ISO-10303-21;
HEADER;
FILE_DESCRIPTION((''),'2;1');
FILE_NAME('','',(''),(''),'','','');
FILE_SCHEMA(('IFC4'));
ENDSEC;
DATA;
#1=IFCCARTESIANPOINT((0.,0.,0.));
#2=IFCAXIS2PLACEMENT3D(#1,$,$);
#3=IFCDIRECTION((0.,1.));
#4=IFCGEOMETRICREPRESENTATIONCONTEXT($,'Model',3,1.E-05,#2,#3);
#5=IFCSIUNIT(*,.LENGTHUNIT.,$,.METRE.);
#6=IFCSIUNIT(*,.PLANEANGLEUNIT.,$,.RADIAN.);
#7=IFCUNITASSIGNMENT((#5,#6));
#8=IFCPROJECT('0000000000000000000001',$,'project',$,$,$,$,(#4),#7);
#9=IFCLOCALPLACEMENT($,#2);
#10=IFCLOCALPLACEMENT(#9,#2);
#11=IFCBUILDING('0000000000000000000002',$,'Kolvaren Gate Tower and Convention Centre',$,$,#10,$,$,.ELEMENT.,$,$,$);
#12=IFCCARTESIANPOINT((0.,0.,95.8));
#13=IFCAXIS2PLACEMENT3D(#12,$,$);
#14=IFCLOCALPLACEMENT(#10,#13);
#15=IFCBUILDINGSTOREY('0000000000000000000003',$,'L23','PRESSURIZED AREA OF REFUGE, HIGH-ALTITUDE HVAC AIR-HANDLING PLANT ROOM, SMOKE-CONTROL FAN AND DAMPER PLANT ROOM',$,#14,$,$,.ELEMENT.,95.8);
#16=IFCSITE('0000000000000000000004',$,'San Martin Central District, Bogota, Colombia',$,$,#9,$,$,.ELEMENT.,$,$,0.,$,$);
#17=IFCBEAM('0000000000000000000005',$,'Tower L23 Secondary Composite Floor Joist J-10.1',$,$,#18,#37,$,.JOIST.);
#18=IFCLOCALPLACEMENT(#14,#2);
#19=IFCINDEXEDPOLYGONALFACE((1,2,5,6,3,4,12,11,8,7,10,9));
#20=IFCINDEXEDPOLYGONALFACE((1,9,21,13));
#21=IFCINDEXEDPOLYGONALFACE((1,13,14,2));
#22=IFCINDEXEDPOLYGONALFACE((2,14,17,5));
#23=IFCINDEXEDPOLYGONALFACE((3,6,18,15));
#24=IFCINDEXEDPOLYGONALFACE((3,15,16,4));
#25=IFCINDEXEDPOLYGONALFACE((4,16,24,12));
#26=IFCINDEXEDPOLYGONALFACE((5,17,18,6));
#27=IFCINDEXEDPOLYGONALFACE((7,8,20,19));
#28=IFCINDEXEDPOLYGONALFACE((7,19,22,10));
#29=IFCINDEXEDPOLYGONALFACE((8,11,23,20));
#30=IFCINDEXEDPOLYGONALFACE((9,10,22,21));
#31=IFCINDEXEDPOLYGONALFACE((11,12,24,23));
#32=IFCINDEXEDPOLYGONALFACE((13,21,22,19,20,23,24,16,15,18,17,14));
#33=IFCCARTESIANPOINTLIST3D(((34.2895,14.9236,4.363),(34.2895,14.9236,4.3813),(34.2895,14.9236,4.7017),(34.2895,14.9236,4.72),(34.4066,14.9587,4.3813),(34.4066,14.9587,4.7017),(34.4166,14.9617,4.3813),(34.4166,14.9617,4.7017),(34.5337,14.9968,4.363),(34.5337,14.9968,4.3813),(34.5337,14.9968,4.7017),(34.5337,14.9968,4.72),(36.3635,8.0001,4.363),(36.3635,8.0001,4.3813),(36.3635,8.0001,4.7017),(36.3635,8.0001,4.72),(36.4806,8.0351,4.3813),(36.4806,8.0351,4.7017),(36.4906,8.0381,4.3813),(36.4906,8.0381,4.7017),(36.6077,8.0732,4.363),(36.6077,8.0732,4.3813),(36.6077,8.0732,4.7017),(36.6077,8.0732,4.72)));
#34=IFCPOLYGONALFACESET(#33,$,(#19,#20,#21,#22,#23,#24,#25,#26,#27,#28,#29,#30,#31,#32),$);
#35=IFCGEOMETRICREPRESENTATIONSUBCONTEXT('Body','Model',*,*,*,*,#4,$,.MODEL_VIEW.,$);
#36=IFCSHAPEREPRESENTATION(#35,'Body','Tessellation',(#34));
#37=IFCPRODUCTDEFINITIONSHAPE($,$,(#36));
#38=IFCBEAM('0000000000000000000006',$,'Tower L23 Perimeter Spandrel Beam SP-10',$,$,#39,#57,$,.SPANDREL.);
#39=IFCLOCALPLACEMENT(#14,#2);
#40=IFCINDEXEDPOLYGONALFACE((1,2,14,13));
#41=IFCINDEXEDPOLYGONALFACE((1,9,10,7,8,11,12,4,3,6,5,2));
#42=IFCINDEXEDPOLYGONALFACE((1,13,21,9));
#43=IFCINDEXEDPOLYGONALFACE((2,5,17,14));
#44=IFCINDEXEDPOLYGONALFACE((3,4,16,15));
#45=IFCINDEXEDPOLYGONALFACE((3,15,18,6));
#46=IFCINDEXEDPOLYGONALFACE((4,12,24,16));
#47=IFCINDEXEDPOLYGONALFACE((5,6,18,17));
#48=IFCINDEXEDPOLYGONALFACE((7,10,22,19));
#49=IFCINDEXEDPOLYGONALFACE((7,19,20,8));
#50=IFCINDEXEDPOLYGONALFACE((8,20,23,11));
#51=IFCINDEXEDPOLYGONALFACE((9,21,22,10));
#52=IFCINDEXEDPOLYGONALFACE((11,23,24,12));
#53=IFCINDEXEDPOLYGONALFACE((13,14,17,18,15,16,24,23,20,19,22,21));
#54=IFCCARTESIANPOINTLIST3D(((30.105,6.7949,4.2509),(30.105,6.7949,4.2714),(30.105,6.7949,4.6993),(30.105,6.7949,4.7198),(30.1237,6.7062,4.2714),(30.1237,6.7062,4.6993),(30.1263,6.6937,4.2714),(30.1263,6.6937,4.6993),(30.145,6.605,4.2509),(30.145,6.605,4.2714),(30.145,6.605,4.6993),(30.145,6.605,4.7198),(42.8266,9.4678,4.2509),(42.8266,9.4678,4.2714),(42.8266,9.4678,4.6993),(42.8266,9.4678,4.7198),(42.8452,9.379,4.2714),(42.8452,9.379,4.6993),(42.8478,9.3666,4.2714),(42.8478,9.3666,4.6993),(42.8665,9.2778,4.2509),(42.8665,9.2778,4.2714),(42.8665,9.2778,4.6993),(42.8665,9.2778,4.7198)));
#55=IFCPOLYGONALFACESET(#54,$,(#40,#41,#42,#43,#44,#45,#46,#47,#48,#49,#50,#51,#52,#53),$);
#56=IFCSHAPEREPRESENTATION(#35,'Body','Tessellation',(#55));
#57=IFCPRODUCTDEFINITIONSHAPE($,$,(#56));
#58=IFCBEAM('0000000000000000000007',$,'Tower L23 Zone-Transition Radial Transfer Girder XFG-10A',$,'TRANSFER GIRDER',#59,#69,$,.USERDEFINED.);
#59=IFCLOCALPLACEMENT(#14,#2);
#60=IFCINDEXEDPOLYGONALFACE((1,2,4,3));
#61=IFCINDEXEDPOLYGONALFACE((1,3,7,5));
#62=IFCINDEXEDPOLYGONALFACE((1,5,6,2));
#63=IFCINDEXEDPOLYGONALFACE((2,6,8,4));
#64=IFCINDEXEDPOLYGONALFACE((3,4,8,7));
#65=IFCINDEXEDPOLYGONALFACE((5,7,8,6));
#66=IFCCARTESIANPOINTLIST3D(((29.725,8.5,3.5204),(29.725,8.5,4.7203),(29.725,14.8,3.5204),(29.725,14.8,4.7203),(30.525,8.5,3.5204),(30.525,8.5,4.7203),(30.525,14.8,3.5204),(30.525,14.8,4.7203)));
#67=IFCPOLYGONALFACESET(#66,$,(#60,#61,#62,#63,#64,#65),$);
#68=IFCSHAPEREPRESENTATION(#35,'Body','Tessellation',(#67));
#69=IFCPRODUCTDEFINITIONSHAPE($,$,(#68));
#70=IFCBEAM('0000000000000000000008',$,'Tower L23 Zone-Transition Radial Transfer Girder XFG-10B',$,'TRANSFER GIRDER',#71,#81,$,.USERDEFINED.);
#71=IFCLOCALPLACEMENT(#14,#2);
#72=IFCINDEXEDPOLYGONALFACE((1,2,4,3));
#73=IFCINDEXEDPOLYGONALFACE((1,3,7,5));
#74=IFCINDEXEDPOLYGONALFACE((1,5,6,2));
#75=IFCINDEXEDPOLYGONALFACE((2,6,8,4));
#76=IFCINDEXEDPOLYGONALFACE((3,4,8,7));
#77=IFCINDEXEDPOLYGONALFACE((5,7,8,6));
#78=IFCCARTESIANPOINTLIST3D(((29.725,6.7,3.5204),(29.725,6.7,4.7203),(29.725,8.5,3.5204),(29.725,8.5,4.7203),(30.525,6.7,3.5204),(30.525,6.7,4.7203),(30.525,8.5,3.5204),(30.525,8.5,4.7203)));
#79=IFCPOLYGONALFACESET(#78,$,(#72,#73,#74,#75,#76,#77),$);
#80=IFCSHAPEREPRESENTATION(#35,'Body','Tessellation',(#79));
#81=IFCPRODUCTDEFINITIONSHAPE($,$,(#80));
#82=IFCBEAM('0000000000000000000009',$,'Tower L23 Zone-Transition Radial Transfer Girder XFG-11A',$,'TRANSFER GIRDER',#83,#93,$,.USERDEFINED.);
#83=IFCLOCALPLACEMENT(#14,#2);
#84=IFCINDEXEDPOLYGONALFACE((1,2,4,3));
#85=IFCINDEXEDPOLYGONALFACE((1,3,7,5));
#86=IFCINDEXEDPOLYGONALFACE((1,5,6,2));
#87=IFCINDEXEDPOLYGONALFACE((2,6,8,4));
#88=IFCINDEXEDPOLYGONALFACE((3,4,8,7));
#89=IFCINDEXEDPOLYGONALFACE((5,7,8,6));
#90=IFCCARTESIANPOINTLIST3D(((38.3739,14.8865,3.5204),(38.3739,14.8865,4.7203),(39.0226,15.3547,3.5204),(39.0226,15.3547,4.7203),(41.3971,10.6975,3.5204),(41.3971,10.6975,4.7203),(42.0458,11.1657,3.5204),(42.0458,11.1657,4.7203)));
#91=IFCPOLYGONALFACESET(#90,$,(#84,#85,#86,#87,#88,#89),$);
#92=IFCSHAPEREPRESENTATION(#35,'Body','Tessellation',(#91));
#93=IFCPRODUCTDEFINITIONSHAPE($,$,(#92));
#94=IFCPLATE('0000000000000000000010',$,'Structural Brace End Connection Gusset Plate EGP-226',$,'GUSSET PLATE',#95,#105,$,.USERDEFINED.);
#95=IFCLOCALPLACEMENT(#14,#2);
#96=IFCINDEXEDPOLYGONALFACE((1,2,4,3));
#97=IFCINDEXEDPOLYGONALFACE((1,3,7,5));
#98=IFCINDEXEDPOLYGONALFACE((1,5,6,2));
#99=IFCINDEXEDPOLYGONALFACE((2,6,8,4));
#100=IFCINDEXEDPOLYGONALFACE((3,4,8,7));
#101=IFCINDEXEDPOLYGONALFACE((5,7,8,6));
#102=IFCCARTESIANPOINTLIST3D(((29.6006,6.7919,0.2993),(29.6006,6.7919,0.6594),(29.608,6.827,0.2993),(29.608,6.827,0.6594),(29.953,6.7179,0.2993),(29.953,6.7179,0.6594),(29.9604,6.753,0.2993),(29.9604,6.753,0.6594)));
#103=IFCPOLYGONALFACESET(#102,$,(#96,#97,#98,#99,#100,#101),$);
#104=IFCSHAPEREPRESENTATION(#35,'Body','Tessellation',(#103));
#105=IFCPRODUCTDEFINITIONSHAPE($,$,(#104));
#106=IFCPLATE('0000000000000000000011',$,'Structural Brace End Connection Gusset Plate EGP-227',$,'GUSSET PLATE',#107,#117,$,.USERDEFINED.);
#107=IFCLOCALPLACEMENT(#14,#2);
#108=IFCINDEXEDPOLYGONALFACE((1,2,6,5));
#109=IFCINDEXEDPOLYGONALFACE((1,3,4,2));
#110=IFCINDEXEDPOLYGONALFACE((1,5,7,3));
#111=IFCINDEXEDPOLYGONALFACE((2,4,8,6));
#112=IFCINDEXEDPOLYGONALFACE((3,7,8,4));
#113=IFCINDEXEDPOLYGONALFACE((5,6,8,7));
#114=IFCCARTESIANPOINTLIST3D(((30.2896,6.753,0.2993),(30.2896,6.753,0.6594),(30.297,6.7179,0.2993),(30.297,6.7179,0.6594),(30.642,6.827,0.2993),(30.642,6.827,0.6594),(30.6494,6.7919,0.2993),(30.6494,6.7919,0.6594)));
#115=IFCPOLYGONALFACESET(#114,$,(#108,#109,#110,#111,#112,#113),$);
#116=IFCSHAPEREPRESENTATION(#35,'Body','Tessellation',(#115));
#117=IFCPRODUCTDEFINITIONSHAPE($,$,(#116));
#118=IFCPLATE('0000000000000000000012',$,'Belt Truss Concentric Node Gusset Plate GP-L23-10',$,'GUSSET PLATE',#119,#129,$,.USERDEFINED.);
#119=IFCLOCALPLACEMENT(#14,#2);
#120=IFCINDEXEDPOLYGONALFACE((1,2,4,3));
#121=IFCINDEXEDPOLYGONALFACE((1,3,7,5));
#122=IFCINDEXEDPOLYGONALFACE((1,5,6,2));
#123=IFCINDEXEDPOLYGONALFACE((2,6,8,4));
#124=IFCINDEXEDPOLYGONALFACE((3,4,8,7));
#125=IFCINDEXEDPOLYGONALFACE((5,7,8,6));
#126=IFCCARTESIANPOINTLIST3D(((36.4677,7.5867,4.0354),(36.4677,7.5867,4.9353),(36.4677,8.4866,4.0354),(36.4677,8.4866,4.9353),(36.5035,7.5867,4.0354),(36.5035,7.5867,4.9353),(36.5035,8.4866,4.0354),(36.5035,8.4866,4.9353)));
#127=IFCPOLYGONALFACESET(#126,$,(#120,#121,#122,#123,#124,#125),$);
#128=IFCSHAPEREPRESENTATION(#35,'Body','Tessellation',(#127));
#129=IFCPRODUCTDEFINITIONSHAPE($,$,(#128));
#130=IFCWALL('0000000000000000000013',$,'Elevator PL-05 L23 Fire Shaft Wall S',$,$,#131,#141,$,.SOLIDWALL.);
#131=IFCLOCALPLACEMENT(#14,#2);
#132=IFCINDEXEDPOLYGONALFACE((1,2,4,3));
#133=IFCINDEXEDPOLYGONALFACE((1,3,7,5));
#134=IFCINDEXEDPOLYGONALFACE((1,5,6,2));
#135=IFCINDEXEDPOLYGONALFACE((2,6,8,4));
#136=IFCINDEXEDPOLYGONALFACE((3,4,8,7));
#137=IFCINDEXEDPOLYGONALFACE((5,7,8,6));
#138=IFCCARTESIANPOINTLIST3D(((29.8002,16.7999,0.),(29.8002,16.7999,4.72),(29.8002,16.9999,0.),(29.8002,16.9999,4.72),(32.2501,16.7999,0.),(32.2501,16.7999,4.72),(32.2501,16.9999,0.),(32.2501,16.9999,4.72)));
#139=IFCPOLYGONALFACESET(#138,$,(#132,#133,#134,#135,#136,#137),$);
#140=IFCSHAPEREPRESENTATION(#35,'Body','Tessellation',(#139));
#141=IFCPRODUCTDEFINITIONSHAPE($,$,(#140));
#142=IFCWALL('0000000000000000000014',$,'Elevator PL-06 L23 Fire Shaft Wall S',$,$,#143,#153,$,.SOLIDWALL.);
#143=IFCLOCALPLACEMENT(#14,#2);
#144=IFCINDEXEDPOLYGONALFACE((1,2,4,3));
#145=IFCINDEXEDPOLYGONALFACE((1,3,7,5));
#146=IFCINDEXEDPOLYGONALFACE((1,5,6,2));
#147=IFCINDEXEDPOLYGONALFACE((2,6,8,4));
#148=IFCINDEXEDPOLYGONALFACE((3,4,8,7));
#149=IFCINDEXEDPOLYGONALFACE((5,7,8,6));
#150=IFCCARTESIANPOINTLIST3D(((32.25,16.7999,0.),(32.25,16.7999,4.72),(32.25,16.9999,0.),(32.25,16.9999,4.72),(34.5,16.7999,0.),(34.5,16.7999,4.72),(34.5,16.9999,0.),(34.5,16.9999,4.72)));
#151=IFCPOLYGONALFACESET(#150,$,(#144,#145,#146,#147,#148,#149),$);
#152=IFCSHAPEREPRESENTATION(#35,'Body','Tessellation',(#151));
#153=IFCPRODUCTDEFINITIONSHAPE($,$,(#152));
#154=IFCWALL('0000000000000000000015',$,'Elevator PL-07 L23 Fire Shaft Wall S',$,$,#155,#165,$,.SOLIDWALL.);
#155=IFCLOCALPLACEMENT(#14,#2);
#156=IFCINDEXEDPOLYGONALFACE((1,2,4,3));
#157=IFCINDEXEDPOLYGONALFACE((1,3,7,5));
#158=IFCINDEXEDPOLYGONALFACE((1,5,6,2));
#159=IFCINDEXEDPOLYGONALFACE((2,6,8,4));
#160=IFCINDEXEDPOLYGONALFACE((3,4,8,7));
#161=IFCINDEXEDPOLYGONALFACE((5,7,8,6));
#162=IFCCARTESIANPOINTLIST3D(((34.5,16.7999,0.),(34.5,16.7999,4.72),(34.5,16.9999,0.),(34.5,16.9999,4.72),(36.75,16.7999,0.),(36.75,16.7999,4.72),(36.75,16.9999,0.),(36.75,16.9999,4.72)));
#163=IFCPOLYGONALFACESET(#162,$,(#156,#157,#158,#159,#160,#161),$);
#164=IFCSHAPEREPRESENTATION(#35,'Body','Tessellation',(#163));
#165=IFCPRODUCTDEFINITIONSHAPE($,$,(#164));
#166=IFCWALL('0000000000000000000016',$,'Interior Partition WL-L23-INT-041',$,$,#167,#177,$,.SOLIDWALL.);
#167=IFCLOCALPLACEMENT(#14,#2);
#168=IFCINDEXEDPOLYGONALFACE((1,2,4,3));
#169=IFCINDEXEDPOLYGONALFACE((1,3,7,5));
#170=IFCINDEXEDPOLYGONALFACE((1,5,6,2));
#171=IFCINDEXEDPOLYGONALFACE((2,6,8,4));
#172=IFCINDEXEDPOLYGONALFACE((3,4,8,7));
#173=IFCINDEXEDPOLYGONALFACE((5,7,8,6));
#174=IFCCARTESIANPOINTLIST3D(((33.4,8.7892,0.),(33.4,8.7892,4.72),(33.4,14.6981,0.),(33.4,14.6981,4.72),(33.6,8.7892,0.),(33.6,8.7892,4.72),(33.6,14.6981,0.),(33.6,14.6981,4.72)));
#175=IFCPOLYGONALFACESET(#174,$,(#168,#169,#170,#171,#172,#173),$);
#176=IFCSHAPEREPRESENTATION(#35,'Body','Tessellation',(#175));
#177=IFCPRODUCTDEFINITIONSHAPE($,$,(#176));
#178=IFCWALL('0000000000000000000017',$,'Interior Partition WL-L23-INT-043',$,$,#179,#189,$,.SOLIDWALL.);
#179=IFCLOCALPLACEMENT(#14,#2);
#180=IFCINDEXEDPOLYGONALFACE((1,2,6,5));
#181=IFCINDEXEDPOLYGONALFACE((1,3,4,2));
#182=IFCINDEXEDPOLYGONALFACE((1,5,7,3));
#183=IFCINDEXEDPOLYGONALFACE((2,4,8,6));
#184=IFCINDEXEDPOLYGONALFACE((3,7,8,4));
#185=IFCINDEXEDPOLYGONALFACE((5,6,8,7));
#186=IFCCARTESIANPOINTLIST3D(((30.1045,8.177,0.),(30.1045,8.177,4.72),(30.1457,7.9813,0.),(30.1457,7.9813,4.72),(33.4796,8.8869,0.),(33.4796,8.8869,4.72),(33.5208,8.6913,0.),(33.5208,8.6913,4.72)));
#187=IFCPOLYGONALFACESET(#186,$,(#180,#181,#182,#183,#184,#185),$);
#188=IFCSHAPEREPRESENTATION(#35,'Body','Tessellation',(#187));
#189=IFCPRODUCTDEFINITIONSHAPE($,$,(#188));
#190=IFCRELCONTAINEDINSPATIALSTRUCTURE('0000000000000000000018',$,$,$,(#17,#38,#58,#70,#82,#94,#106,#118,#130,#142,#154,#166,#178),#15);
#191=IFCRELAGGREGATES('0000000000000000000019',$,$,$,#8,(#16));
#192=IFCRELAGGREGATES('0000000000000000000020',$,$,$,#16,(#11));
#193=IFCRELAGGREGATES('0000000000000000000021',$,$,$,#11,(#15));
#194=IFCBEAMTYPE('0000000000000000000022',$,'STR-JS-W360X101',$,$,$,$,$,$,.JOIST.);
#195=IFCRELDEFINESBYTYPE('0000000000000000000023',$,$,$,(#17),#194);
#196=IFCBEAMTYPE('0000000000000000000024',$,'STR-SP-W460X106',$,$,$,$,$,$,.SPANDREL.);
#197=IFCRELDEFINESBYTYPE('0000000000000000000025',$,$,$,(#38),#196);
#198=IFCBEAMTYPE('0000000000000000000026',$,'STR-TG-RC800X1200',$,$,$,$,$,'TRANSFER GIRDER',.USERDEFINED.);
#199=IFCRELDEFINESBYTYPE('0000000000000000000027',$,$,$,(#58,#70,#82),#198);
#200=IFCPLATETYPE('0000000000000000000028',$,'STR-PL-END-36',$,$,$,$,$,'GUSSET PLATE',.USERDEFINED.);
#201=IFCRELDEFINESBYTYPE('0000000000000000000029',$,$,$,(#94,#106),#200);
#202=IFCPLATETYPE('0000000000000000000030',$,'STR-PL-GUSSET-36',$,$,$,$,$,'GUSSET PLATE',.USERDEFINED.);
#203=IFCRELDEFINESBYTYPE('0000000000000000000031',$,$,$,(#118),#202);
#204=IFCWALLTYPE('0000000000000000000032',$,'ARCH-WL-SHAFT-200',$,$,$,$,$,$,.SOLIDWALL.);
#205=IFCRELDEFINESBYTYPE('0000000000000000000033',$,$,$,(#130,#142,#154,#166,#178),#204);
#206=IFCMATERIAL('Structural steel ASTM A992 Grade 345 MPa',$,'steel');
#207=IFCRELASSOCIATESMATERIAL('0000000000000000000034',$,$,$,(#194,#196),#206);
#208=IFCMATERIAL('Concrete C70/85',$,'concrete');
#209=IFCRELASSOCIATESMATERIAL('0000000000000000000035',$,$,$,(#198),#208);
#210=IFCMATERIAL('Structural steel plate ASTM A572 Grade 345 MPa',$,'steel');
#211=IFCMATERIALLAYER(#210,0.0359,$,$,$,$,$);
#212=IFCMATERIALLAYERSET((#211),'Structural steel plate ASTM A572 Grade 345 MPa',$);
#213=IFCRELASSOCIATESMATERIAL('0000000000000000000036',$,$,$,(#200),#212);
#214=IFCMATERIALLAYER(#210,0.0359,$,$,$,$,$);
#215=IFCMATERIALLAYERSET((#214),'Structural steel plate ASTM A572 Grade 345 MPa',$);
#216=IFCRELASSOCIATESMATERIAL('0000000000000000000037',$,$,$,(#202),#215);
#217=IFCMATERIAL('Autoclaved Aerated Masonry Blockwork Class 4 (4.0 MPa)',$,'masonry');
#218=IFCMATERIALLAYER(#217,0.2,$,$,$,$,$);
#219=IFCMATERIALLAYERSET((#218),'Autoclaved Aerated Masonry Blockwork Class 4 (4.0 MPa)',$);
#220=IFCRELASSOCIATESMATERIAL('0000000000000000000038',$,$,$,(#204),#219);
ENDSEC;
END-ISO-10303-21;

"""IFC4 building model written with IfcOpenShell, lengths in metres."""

from ifc_helpers import new_model, si_unit, direction, frame, frame_2d, origin, origin_2d, place, context, subcontext, project, spatial, rectangle, i_section, extrude, material, layer, layer_set, material_profile, profile_set, type_object, element, save


model = new_model("IFC4")

# Units and contexts
model_context = context("Model", 3, precision=1e-05, world=origin(), true_north=direction((0.0, 1.0)))
body_context = subcontext(model_context, "Body", "Model", "MODEL_VIEW")
ifc_project = project(units=[si_unit("LENGTHUNIT", "METRE"), si_unit("PLANEANGLEUNIT", "RADIAN")], contexts=[model_context])

# Site, building, storey
site_placement = place(None, origin())
site = spatial("IfcSite", under=ifc_project, at=site_placement, Name="San Martin Central District, Bogota, Colombia", CompositionType="ELEMENT", RefElevation=0.0)
building_placement = place(site_placement, origin())
building = spatial("IfcBuilding", under=site, at=building_placement, Name="Kolvaren Gate Tower and Convention Centre", CompositionType="ELEMENT")
storey_placement = place(building_placement, frame((0.0, 0.0, 95.8)))
storey = spatial("IfcBuildingStorey", under=building, at=storey_placement, Name="L23", Description="PRESSURIZED AREA OF REFUGE, HIGH-ALTITUDE HVAC AIR-HANDLING PLANT ROOM, SMOKE-CONTROL FAN AND DAMPER PLANT ROOM", CompositionType="ELEMENT", Elevation=95.8)

# Shared definitions
ifc_material_1 = material(Name="Concrete C70/85", Category="concrete")

# Shared definitions
ifc_material_2 = material(Name="Structural steel ASTM A992 Grade 345 MPa", Category="steel")

# Beams
ifc_material_profile_1 = material_profile(ifc_material_2, i_section(OverallWidth=0.2549, OverallDepth=0.3569, WebThickness=0.0105, FlangeThickness=0.0183, at=origin_2d()), Name="W360X101")
ifc_profile_set_1 = profile_set([ifc_material_profile_1], Name="Structural steel ASTM A992 Grade 345 MPa")
beam_type_1 = type_object("IfcBeamType", Name="STR-JS-W360X101", PredefinedType="JOIST", material=ifc_profile_set_1)
beam_1_placement = place(storey_placement, frame((34.4116, 14.9602, 4.5415), z_axis=(0.286954, -0.957944, 0.0), x_axis=(0.957944, 0.286954, 0.0)))
element("IfcBeam", 1, at=beam_1_placement, inside=storey, type_object=beam_type_1, Name="Tower L23 Secondary Composite Floor Joist J-10.1", PredefinedType="JOIST", context=body_context, shape_type="SweptSolid", body=[
    extrude(i_section(OverallWidth=0.2549, OverallDepth=0.3569, WebThickness=0.0105, FlangeThickness=0.0183, at=origin_2d()), origin(), (0.0, 0.0, 1.0), 7.2275),
])
ifc_material_profile_2 = material_profile(ifc_material_2, i_section(OverallWidth=0.1941, OverallDepth=0.469, WebThickness=0.0127, FlangeThickness=0.0205, at=origin_2d()), Name="W460X106")
ifc_profile_set_2 = profile_set([ifc_material_profile_2], Name="Structural steel ASTM A992 Grade 345 MPa")
beam_type_2 = type_object("IfcBeamType", Name="STR-SP-W460X106", PredefinedType="SPANDREL", material=ifc_profile_set_2)
beam_2_placement = place(storey_placement, frame((30.125, 6.7, 4.4854), z_axis=(0.978633, 0.205617, 0.0), x_axis=(-0.205617, 0.978633, 0.0)))
element("IfcBeam", 2, at=beam_2_placement, inside=storey, type_object=beam_type_2, Name="Tower L23 Perimeter Spandrel Beam SP-10", PredefinedType="SPANDREL", context=body_context, shape_type="SweptSolid", body=[
    extrude(i_section(OverallWidth=0.1941, OverallDepth=0.469, WebThickness=0.0127, FlangeThickness=0.0205, at=origin_2d()), origin(), (0.0, 0.0, 1.0), 12.9993),
])
ifc_material_profile_3 = material_profile(ifc_material_1, rectangle(XDim=0.8, YDim=1.2, at=origin_2d()), Name="RC-BM-800X1200")
ifc_profile_set_3 = profile_set([ifc_material_profile_3], Name="Concrete C70/85")
beam_type_3 = type_object("IfcBeamType", Name="STR-TG-RC800X1200", ElementType="TRANSFER GIRDER", PredefinedType="USERDEFINED", material=ifc_profile_set_3)
beam_3_placement = place(storey_placement, frame((30.125, 14.8, 4.1204), z_axis=(0.0, -1.0, 0.0), x_axis=(1.0, 0.0, 0.0)))
element("IfcBeam", 3, at=beam_3_placement, inside=storey, type_object=beam_type_3, Name="Tower L23 Zone-Transition Radial Transfer Girder XFG-10A", ObjectType="TRANSFER GIRDER", PredefinedType="USERDEFINED", context=body_context, shape_type="SweptSolid", body=[
    extrude(rectangle(XDim=0.8, YDim=1.2, at=origin_2d()), origin(), (0.0, 0.0, 1.0), 6.3),
])
beam_4_placement = place(storey_placement, frame((30.125, 8.5, 4.1204), z_axis=(0.0, -1.0, 0.0), x_axis=(1.0, 0.0, 0.0)))
element("IfcBeam", 4, at=beam_4_placement, inside=storey, type_object=beam_type_3, Name="Tower L23 Zone-Transition Radial Transfer Girder XFG-10B", ObjectType="TRANSFER GIRDER", PredefinedType="USERDEFINED", context=body_context, shape_type="SweptSolid", body=[
    extrude(rectangle(XDim=0.8, YDim=1.2, at=origin_2d()), origin(), (0.0, 0.0, 1.0), 1.8),
])
beam_5_placement = place(storey_placement, frame((38.6982, 15.1206, 4.1204), z_axis=(0.585214, -0.810879, 0.0), x_axis=(0.810879, 0.585214, 0.0)))
element("IfcBeam", 5, at=beam_5_placement, inside=storey, type_object=beam_type_3, Name="Tower L23 Zone-Transition Radial Transfer Girder XFG-11A", ObjectType="TRANSFER GIRDER", PredefinedType="USERDEFINED", context=body_context, shape_type="SweptSolid", body=[
    extrude(rectangle(XDim=0.8, YDim=1.2, at=origin_2d()), origin(), (0.0, 0.0, 1.0), 5.166),
])

# Plates
ifc_material_3 = material(Name="Structural steel plate ASTM A572 Grade 345 MPa", Category="steel")
ifc_layer_1 = layer(ifc_material_3, 0.0359)
ifc_layer_set_1 = layer_set([ifc_layer_1], Name="Structural steel plate ASTM A572 Grade 345 MPa")
plate_type_1 = type_object("IfcPlateType", Name="STR-PL-END-36", ElementType="GUSSET PLATE", PredefinedType="USERDEFINED", material=ifc_layer_set_1)
for number, where, z_axis, x_axis, name in (
    (6, (29.7805, 6.7725, 0.2993), (0.0, 0.0, 1.0), (-0.97863, 0.205629, 0.0), "Structural Brace End Connection Gusset Plate EGP-226"),
    (7, (30.4695, 6.7725, 0.2993), (0.0, 0.0, 1.0), (0.97863, 0.205629, 0.0), "Structural Brace End Connection Gusset Plate EGP-227"),
):
    element("IfcPlate", number, at=place(storey_placement, frame(where, z_axis=z_axis, x_axis=x_axis)), inside=storey, type_object=plate_type_1, Name=name, ObjectType="GUSSET PLATE", PredefinedType="USERDEFINED", context=body_context, shape_type="SweptSolid", body=[
        extrude(rectangle(XDim=0.3601, YDim=0.0359, at=origin_2d()), origin(), (0.0, 0.0, 1.0), 0.3601),
    ])
ifc_layer_2 = layer(ifc_material_3, 0.0359)
ifc_layer_set_2 = layer_set([ifc_layer_2], Name="Structural steel plate ASTM A572 Grade 345 MPa")
plate_type_2 = type_object("IfcPlateType", Name="STR-PL-GUSSET-36", ElementType="GUSSET PLATE", PredefinedType="USERDEFINED", material=ifc_layer_set_2)
plate_placement = place(storey_placement, frame((36.4856, 8.0366, 4.0354), z_axis=(0.0, 0.0, 1.0), x_axis=(0.0, -1.0, 0.0)))
element("IfcPlate", 8, at=plate_placement, inside=storey, type_object=plate_type_2, Name="Belt Truss Concentric Node Gusset Plate GP-L23-10", ObjectType="GUSSET PLATE", PredefinedType="USERDEFINED", context=body_context, shape_type="SweptSolid", body=[
    extrude(rectangle(XDim=0.8999, YDim=0.0359, at=origin_2d()), origin(), (0.0, 0.0, 1.0), 0.8999),
])

# Walls
ifc_material_4 = material(Name="Autoclaved Aerated Masonry Blockwork Class 4 (4.0 MPa)", Category="masonry")
ifc_layer_3 = layer(ifc_material_4, 0.2)
ifc_layer_set_3 = layer_set([ifc_layer_3], Name="Autoclaved Aerated Masonry Blockwork Class 4 (4.0 MPa)")
wall_type_1 = type_object("IfcWallType", Name="ARCH-WL-SHAFT-200", PredefinedType="SOLIDWALL", material=ifc_layer_set_3)
wall_1_placement = place(storey_placement, frame((29.8, 16.8999, 0.0), z_axis=(0.0, 0.0, 1.0), x_axis=(1.0, 0.0, 0.0)))
element("IfcWall", 9, at=wall_1_placement, inside=storey, type_object=wall_type_1, Name="Elevator PL-05 L23 Fire Shaft Wall S", PredefinedType="SOLIDWALL", context=body_context, shape_type="SweptSolid", body=[
    extrude(rectangle(XDim=2.45, YDim=0.2, at=frame_2d((1.2251, 0.0))), origin(), (0.0, 0.0, 1.0), 4.72),
])
for number, where, z_axis, x_axis, name in (
    (10, (32.25, 16.8999, 0.0), (0.0, 0.0, 1.0), (1.0, 0.0, 0.0), "Elevator PL-06 L23 Fire Shaft Wall S"),
    (11, (34.5, 16.8999, 0.0), (0.0, 0.0, 1.0), (1.0, 0.0, 0.0), "Elevator PL-07 L23 Fire Shaft Wall S"),
):
    element("IfcWall", number, at=place(storey_placement, frame(where, z_axis=z_axis, x_axis=x_axis)), inside=storey, type_object=wall_type_1, Name=name, PredefinedType="SOLIDWALL", context=body_context, shape_type="SweptSolid", body=[
        extrude(rectangle(XDim=2.25, YDim=0.2, at=frame_2d((1.125, 0.0))), origin(), (0.0, 0.0, 1.0), 4.72),
    ])
wall_2_placement = place(storey_placement, frame((33.5, 8.7891, 0.0), z_axis=(0.0, 0.0, 1.0), x_axis=(0.0, 1.0, 0.0)))
element("IfcWall", 12, at=wall_2_placement, inside=storey, type_object=wall_type_1, Name="Interior Partition WL-L23-INT-041", PredefinedType="SOLIDWALL", context=body_context, shape_type="SweptSolid", body=[
    extrude(rectangle(XDim=5.9089, YDim=0.2, at=frame_2d((2.9546, 0.0))), origin(), (0.0, 0.0, 1.0), 4.72),
])
wall_3_placement = place(storey_placement, frame((30.125, 8.0791, 0.0), z_axis=(0.0, 0.0, 1.0), x_axis=(0.978583, 0.205854, 0.0)))
element("IfcWall", 13, at=wall_3_placement, inside=storey, type_object=wall_type_1, Name="Interior Partition WL-L23-INT-043", PredefinedType="SOLIDWALL", context=body_context, shape_type="SweptSolid", body=[
    extrude(rectangle(XDim=3.449, YDim=0.2, at=frame_2d((1.7246, 0.0))), origin(), (0.0, 0.0, 1.0), 4.72),
])

save(model, "model.ifc")
